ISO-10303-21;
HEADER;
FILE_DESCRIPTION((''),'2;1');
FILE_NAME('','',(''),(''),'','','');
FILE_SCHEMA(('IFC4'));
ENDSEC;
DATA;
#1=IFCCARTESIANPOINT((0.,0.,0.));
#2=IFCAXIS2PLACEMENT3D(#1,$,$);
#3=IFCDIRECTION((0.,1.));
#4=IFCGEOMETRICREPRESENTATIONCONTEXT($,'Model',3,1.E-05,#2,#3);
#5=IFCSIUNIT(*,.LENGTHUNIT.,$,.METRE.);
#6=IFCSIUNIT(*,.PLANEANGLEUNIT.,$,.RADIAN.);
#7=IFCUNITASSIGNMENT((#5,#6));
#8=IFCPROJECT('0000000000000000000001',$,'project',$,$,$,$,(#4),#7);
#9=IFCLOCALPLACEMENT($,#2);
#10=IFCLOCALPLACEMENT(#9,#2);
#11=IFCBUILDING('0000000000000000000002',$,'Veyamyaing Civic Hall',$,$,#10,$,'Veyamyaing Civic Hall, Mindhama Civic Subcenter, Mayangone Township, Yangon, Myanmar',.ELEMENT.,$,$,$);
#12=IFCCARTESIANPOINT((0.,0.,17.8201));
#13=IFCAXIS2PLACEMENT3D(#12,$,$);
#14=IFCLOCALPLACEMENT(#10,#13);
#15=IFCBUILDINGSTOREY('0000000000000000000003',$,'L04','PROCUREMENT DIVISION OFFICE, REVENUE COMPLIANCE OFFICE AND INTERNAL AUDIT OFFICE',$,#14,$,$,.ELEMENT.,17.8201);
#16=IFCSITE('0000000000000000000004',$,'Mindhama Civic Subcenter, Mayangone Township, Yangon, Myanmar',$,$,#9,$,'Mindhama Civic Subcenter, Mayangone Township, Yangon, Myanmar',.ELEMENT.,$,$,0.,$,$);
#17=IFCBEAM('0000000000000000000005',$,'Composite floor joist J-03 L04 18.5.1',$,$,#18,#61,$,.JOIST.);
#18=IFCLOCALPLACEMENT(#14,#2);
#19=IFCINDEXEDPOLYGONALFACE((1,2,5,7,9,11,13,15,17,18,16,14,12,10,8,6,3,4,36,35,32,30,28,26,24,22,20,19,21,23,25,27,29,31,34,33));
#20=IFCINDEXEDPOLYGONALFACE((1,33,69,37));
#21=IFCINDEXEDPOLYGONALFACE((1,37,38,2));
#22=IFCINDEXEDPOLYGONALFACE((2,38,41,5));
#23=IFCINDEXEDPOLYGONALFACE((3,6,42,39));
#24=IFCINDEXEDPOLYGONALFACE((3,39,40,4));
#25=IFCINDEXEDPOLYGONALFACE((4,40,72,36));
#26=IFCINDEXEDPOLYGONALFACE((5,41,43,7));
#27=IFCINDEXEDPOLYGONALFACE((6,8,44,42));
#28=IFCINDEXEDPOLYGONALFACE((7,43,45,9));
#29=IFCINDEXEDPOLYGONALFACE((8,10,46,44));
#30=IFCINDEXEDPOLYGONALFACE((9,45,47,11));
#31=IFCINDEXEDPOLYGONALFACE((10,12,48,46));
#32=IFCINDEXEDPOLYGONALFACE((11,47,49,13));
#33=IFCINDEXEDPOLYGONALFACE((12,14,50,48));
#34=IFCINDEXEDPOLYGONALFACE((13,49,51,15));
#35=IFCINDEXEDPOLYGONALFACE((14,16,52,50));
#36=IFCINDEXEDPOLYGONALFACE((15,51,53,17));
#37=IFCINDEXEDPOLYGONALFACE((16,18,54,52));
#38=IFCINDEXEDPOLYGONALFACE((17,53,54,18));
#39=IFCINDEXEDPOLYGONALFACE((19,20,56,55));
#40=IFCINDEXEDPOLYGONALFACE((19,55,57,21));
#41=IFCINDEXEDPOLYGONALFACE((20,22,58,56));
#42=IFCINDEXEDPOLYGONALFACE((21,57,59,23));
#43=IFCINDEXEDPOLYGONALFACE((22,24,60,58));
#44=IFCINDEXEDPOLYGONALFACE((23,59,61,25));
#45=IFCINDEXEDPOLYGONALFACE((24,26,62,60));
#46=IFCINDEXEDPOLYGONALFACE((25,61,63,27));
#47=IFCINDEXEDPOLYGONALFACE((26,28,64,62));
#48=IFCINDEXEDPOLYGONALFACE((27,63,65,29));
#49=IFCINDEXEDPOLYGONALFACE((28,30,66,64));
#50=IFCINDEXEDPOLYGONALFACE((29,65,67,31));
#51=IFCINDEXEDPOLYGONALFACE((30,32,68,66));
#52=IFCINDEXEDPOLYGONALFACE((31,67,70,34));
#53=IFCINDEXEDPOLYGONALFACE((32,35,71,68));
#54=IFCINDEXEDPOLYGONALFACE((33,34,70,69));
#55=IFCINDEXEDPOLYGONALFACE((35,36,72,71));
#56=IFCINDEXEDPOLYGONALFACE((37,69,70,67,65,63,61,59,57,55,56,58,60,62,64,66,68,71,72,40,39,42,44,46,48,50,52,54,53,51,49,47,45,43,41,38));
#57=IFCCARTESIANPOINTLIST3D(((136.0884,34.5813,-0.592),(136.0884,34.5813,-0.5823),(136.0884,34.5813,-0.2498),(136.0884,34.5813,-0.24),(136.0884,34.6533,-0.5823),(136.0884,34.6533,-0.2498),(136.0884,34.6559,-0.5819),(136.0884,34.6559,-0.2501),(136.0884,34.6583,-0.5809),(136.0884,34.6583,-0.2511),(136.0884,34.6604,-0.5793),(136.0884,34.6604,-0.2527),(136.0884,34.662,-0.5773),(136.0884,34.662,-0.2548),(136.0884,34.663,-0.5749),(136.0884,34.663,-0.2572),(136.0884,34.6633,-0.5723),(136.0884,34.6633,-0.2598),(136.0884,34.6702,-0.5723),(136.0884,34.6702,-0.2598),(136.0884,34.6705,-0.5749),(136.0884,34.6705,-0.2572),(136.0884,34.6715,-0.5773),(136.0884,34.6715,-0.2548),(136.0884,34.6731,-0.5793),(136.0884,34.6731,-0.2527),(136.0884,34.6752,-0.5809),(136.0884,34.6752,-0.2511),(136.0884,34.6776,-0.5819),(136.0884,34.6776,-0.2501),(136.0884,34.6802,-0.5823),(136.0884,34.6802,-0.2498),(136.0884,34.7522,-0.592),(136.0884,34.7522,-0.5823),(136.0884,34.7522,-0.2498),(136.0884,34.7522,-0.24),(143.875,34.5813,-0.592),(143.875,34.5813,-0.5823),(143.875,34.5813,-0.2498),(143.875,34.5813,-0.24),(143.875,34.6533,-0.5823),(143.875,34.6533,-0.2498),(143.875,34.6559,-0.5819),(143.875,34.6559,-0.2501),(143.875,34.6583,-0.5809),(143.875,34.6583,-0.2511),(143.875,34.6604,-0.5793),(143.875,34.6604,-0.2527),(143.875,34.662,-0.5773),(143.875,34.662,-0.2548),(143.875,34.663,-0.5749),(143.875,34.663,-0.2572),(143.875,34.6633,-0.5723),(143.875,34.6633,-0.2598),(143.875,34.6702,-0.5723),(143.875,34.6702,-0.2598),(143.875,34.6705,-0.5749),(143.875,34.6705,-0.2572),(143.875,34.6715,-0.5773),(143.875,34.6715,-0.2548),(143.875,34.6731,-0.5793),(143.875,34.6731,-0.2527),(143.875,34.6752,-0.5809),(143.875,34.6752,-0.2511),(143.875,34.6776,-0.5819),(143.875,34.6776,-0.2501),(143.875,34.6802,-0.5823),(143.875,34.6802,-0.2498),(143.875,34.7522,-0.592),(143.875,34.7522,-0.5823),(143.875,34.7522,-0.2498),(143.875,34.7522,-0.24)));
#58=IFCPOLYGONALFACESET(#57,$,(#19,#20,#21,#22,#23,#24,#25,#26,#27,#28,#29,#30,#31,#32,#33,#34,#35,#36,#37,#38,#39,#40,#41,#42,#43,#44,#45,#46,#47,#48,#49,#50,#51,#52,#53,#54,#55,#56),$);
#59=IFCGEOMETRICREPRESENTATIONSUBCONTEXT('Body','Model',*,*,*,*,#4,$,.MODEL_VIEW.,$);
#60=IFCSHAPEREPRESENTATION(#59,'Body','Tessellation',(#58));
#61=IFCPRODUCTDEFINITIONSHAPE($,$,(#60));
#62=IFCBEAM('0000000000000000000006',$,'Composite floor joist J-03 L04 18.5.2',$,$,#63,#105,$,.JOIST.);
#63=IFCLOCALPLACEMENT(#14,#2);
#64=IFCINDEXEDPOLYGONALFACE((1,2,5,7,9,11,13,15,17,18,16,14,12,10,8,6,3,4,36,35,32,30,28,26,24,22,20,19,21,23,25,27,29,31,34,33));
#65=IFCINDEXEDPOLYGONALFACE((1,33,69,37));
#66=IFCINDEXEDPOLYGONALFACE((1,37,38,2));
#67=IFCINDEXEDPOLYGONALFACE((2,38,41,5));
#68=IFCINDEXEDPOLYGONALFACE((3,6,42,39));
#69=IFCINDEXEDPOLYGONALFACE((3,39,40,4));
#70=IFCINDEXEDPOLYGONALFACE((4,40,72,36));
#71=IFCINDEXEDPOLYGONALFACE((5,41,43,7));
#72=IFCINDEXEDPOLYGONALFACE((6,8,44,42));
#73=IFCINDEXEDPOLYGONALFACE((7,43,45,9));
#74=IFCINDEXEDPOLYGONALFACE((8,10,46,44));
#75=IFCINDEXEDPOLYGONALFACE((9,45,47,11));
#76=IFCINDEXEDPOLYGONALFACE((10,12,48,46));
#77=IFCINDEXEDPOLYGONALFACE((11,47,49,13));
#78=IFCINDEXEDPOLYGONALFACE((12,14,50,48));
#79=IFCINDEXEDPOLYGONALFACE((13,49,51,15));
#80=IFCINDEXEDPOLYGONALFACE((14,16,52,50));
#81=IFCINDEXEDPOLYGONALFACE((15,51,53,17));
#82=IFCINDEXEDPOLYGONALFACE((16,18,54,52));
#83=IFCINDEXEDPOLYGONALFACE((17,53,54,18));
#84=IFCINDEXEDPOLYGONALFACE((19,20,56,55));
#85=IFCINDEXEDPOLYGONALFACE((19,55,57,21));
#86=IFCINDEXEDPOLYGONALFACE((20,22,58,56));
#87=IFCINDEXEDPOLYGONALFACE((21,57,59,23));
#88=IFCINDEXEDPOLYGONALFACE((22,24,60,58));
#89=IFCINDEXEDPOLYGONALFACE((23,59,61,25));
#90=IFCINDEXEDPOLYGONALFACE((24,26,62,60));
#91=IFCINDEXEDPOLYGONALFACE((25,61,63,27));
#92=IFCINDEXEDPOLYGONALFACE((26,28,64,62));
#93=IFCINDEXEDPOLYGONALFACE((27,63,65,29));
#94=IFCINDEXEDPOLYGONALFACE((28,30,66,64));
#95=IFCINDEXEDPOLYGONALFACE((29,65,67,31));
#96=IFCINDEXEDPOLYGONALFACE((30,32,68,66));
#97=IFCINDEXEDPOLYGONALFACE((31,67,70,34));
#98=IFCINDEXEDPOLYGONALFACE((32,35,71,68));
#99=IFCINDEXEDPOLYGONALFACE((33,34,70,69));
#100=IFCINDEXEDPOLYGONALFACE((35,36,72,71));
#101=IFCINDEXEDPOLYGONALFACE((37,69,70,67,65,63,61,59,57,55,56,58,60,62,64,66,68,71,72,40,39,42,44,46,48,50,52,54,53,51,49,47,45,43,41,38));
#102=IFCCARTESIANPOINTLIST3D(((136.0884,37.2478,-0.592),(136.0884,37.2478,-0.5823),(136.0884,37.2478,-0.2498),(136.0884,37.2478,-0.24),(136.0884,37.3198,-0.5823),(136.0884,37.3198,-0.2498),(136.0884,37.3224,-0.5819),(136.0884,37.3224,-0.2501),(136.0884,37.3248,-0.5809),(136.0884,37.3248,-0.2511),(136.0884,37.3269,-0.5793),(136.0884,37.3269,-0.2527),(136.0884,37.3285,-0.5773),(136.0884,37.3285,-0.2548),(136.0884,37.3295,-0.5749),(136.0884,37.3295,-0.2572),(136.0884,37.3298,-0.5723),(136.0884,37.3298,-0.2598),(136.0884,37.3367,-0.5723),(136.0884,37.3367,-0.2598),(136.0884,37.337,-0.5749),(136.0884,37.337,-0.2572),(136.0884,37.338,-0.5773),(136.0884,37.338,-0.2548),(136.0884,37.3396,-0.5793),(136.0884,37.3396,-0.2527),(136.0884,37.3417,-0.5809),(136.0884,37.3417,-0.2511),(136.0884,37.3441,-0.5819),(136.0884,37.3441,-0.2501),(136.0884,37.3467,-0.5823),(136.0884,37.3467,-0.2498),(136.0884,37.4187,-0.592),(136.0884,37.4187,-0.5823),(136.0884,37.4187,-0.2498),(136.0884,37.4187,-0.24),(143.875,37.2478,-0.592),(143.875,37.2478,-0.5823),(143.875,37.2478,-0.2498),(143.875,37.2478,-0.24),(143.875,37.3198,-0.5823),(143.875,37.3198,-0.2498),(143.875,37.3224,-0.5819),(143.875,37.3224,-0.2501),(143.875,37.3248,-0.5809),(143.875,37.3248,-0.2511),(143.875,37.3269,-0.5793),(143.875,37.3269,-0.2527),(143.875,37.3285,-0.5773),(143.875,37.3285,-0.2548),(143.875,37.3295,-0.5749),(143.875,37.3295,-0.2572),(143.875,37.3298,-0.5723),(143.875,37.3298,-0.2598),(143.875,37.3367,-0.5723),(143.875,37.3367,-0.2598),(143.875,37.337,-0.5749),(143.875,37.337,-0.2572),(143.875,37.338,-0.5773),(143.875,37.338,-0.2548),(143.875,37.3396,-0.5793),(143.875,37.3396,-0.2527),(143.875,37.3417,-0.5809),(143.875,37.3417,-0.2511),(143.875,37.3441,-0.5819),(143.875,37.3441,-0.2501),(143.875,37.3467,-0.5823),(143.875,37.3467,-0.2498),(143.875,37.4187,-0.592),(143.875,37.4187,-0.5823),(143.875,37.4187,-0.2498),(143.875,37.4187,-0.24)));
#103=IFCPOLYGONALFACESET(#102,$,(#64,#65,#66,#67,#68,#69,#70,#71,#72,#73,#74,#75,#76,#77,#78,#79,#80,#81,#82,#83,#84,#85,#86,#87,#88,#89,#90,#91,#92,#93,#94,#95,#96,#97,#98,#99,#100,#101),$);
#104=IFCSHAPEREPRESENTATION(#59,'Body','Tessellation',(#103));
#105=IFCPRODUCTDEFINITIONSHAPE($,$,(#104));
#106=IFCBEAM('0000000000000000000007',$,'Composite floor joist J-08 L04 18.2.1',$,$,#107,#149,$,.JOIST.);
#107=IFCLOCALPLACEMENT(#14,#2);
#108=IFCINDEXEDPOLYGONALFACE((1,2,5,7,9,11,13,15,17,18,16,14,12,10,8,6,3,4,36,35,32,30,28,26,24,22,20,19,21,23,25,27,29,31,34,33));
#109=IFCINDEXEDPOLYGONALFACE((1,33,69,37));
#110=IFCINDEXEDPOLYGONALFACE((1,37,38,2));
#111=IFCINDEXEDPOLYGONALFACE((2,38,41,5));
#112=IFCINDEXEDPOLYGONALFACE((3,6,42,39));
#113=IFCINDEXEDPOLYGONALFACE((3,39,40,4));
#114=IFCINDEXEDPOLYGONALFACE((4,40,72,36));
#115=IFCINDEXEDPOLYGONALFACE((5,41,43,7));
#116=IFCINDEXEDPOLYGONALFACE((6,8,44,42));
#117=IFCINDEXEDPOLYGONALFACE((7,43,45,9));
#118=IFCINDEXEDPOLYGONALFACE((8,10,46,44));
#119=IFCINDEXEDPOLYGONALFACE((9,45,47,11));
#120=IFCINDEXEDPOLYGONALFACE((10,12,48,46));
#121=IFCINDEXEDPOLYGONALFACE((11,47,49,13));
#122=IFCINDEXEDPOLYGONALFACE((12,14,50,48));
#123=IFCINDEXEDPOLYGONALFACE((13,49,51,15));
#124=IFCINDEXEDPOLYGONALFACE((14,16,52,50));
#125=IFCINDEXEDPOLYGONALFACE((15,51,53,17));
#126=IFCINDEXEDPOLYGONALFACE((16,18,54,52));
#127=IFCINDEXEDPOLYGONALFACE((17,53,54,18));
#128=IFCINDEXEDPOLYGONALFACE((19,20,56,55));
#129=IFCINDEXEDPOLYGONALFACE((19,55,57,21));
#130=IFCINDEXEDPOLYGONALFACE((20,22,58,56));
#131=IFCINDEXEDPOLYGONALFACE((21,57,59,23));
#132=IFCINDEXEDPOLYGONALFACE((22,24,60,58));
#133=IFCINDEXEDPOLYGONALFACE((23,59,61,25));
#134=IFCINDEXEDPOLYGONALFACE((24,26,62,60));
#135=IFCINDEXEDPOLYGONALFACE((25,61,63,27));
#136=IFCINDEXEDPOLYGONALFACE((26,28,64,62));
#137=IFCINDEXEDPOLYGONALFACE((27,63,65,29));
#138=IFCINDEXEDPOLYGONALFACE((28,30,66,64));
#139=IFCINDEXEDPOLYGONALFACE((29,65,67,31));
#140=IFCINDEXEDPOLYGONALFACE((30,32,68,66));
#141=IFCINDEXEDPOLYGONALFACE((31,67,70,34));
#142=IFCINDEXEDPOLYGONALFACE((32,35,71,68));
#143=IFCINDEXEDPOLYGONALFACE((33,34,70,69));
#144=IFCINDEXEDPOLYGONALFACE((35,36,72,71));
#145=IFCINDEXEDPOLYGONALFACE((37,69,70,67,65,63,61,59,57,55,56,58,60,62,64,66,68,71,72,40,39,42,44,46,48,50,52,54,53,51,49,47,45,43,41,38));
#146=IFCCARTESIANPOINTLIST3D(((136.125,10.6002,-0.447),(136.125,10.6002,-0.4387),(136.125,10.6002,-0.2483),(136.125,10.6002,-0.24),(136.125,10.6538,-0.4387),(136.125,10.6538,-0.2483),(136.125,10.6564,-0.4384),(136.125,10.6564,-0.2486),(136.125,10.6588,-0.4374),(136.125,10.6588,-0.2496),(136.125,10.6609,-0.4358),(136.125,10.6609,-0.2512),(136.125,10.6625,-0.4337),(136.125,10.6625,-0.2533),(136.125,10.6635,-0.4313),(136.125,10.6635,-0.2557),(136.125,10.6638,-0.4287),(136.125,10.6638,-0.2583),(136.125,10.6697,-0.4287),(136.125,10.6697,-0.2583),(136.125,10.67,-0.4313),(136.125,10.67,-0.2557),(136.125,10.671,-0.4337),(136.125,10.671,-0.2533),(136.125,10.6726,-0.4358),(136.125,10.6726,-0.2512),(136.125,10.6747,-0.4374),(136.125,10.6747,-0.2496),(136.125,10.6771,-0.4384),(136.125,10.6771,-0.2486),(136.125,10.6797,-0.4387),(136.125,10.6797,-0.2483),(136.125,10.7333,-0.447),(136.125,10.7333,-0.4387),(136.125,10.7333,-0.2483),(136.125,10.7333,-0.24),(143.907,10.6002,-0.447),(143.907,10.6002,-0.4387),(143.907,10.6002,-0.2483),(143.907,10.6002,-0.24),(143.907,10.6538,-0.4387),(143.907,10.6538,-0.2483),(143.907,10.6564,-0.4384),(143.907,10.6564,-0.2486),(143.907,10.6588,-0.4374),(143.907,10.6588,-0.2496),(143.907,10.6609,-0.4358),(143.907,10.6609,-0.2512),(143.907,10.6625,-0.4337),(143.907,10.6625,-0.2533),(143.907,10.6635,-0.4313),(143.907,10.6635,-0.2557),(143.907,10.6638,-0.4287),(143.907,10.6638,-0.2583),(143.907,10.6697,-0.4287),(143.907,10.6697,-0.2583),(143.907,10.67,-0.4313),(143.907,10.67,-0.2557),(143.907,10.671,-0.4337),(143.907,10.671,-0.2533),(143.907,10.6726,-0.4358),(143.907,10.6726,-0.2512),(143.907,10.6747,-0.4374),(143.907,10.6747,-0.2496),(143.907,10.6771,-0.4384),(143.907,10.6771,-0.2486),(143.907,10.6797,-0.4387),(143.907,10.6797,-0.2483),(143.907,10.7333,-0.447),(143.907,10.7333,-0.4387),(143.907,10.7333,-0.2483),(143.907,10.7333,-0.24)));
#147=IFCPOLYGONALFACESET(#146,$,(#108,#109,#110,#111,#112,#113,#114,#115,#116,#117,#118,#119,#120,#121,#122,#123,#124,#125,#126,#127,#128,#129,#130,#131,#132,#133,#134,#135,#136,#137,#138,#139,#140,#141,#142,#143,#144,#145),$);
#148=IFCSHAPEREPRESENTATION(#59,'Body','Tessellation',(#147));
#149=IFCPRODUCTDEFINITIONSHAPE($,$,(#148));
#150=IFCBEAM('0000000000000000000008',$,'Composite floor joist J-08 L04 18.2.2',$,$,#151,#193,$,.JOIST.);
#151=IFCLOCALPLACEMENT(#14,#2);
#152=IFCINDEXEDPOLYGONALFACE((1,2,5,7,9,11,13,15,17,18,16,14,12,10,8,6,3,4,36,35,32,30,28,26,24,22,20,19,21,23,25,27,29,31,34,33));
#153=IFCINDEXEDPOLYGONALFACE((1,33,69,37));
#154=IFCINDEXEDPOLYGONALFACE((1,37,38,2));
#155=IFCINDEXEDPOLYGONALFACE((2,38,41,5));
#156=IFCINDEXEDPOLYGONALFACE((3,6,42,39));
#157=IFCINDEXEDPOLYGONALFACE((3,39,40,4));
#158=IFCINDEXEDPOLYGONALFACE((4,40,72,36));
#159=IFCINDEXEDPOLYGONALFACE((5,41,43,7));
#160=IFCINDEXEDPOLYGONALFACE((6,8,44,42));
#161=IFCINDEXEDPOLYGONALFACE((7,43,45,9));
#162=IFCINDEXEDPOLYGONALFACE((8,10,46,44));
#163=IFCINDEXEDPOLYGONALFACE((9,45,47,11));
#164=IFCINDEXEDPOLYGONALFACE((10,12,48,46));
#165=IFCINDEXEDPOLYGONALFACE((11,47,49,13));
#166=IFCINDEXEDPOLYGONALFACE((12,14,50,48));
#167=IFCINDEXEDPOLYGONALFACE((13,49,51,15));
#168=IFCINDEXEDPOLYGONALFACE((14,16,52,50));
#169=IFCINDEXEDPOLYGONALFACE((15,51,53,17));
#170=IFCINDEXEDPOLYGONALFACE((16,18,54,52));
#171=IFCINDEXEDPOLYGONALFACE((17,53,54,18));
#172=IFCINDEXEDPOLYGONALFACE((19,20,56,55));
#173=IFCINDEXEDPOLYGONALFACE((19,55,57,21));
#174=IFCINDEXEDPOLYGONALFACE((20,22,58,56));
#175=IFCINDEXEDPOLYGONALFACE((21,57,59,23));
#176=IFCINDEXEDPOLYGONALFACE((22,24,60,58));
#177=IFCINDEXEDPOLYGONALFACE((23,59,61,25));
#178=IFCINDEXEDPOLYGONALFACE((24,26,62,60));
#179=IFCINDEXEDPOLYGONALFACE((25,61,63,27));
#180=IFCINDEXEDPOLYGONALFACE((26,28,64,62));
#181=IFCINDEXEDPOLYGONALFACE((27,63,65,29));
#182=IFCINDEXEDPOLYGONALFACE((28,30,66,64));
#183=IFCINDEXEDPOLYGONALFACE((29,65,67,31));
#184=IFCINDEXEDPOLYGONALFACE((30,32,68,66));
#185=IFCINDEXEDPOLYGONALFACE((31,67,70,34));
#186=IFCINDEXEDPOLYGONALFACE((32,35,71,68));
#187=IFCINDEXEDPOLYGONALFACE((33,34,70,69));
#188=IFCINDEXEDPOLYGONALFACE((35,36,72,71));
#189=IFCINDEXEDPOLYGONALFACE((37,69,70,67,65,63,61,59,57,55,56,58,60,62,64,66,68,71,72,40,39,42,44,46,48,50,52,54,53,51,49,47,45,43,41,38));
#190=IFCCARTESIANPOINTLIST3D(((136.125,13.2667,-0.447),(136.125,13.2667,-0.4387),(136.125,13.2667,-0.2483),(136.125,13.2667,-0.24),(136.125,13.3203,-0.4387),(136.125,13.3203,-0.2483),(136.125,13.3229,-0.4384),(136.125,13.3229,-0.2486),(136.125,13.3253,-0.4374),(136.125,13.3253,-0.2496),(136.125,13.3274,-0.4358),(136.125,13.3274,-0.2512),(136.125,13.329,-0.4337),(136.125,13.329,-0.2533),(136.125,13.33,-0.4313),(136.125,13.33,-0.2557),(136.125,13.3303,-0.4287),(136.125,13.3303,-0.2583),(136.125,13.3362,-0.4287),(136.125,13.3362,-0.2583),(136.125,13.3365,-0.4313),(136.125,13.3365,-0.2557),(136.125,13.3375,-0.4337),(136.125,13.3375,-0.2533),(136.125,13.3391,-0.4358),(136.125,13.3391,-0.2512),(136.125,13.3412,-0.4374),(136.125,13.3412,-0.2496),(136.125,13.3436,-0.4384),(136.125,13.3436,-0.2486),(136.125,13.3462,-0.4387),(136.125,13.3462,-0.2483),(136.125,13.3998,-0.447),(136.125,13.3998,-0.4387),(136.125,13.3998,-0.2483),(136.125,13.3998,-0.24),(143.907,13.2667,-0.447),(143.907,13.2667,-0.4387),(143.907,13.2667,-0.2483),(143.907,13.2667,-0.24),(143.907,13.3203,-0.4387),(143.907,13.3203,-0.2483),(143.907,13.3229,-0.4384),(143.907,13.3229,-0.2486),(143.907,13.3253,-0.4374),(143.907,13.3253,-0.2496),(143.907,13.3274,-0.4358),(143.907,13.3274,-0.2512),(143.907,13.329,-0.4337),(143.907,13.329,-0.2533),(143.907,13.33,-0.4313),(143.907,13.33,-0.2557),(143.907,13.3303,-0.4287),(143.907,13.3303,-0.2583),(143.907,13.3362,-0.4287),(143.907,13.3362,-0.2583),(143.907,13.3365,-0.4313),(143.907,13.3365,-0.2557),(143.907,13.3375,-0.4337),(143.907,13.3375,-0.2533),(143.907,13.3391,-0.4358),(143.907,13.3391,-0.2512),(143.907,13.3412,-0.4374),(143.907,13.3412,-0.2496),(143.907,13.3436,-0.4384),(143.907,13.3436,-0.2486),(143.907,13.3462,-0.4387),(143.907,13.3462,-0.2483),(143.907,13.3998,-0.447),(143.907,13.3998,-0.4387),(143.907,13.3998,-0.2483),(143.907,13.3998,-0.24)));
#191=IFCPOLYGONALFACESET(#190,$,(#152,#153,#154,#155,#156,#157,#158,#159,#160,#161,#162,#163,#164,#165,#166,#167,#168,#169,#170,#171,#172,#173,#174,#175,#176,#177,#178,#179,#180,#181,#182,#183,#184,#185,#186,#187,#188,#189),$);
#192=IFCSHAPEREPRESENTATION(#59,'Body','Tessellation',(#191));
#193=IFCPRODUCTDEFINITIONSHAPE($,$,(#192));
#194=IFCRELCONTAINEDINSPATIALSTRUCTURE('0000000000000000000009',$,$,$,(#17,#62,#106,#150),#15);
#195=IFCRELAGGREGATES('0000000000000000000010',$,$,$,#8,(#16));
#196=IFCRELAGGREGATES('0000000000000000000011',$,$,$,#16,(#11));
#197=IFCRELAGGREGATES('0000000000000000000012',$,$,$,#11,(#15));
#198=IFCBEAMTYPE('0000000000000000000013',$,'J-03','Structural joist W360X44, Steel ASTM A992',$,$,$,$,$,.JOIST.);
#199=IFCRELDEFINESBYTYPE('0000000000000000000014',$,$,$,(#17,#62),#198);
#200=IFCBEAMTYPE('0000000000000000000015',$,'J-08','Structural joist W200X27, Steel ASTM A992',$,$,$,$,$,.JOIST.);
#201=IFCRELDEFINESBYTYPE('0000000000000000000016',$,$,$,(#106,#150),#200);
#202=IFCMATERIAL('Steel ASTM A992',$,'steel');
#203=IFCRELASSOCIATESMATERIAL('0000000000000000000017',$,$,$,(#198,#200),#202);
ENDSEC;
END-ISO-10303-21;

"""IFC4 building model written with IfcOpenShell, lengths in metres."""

from ifc_helpers import new_model, si_unit, direction, frame, origin, origin_2d, place, context, subcontext, project, spatial, i_section, extrude, material, material_profile, profile_set, type_object, element, save


model = new_model("IFC4")

# Units and contexts
model_context = context("Model", 3, precision=1e-05, world=origin(), true_north=direction((0.0, 1.0)))
body_context = subcontext(model_context, "Body", "Model", "MODEL_VIEW")
ifc_project = project(units=[si_unit("LENGTHUNIT", "METRE"), si_unit("PLANEANGLEUNIT", "RADIAN")], contexts=[model_context])

# Site, building, storey
site_placement = place(None, origin())
site = spatial("IfcSite", under=ifc_project, at=site_placement, Name="Mindhama Civic Subcenter, Mayangone Township, Yangon, Myanmar", LongName="Mindhama Civic Subcenter, Mayangone Township, Yangon, Myanmar", CompositionType="ELEMENT", RefElevation=0.0)
building_placement = place(site_placement, origin())
building = spatial("IfcBuilding", under=site, at=building_placement, Name="Veyamyaing Civic Hall", LongName="Veyamyaing Civic Hall, Mindhama Civic Subcenter, Mayangone Township, Yangon, Myanmar", CompositionType="ELEMENT")
storey_placement = place(building_placement, frame((0.0, 0.0, 17.8201)))
storey = spatial("IfcBuildingStorey", under=building, at=storey_placement, Name="L04", Description="PROCUREMENT DIVISION OFFICE, REVENUE COMPLIANCE OFFICE AND INTERNAL AUDIT OFFICE", CompositionType="ELEMENT", Elevation=17.8201)

# Beams
ifc_material_1 = material(Name="Steel ASTM A992", Category="steel")
ifc_material_profile_1 = material_profile(ifc_material_1, i_section(OverallWidth=0.1709, OverallDepth=0.3521, WebThickness=0.0068, FlangeThickness=0.0098, FilletRadius=0.01, at=origin_2d()), Name="W360X44")
ifc_profile_set_1 = profile_set([ifc_material_profile_1], Name="Steel ASTM A992")
beam_type_1 = type_object("IfcBeamType", Name="J-03", Description="Structural joist W360X44, Steel ASTM A992", PredefinedType="JOIST", material=ifc_profile_set_1)
for number, where, z_axis, x_axis, name in (
    (1, (136.0884, 34.6667, -0.416), (1.0, 0.0, 0.0), (0.0, 1.0, 0.0), "Composite floor joist J-03 L04 18.5.1"),
    (2, (136.0884, 37.3333, -0.416), (1.0, 0.0, 0.0), (0.0, 1.0, 0.0), "Composite floor joist J-03 L04 18.5.2"),
):
    element("IfcBeam", number, at=place(storey_placement, frame(where, z_axis=z_axis, x_axis=x_axis)), inside=storey, type_object=beam_type_1, Name=name, PredefinedType="JOIST", context=body_context, shape_type="SweptSolid", body=[
        extrude(i_section(OverallWidth=0.1709, OverallDepth=0.3521, WebThickness=0.0068, FlangeThickness=0.0098, FilletRadius=0.01, at=origin_2d()), origin(), (0.0, 0.0, 1.0), 7.7866),
    ])
ifc_material_profile_2 = material_profile(ifc_material_1, i_section(OverallWidth=0.1331, OverallDepth=0.207, WebThickness=0.0059, FlangeThickness=0.0083, FilletRadius=0.01, at=origin_2d()), Name="W200X27")
ifc_profile_set_2 = profile_set([ifc_material_profile_2], Name="Steel ASTM A992")
beam_type_2 = type_object("IfcBeamType", Name="J-08", Description="Structural joist W200X27, Steel ASTM A992", PredefinedType="JOIST", material=ifc_profile_set_2)
for number, where, z_axis, x_axis, name in (
    (3, (136.125, 10.6667, -0.3435), (1.0, 0.0, 0.0), (0.0, 1.0, 0.0), "Composite floor joist J-08 L04 18.2.1"),
    (4, (136.125, 13.3333, -0.3435), (1.0, 0.0, 0.0), (0.0, 1.0, 0.0), "Composite floor joist J-08 L04 18.2.2"),
):
    element("IfcBeam", number, at=place(storey_placement, frame(where, z_axis=z_axis, x_axis=x_axis)), inside=storey, type_object=beam_type_2, Name=name, PredefinedType="JOIST", context=body_context, shape_type="SweptSolid", body=[
        extrude(i_section(OverallWidth=0.1331, OverallDepth=0.207, WebThickness=0.0059, FlangeThickness=0.0083, FilletRadius=0.01, at=origin_2d()), origin(), (0.0, 0.0, 1.0), 7.782),
    ])

save(model, "model.ifc")
